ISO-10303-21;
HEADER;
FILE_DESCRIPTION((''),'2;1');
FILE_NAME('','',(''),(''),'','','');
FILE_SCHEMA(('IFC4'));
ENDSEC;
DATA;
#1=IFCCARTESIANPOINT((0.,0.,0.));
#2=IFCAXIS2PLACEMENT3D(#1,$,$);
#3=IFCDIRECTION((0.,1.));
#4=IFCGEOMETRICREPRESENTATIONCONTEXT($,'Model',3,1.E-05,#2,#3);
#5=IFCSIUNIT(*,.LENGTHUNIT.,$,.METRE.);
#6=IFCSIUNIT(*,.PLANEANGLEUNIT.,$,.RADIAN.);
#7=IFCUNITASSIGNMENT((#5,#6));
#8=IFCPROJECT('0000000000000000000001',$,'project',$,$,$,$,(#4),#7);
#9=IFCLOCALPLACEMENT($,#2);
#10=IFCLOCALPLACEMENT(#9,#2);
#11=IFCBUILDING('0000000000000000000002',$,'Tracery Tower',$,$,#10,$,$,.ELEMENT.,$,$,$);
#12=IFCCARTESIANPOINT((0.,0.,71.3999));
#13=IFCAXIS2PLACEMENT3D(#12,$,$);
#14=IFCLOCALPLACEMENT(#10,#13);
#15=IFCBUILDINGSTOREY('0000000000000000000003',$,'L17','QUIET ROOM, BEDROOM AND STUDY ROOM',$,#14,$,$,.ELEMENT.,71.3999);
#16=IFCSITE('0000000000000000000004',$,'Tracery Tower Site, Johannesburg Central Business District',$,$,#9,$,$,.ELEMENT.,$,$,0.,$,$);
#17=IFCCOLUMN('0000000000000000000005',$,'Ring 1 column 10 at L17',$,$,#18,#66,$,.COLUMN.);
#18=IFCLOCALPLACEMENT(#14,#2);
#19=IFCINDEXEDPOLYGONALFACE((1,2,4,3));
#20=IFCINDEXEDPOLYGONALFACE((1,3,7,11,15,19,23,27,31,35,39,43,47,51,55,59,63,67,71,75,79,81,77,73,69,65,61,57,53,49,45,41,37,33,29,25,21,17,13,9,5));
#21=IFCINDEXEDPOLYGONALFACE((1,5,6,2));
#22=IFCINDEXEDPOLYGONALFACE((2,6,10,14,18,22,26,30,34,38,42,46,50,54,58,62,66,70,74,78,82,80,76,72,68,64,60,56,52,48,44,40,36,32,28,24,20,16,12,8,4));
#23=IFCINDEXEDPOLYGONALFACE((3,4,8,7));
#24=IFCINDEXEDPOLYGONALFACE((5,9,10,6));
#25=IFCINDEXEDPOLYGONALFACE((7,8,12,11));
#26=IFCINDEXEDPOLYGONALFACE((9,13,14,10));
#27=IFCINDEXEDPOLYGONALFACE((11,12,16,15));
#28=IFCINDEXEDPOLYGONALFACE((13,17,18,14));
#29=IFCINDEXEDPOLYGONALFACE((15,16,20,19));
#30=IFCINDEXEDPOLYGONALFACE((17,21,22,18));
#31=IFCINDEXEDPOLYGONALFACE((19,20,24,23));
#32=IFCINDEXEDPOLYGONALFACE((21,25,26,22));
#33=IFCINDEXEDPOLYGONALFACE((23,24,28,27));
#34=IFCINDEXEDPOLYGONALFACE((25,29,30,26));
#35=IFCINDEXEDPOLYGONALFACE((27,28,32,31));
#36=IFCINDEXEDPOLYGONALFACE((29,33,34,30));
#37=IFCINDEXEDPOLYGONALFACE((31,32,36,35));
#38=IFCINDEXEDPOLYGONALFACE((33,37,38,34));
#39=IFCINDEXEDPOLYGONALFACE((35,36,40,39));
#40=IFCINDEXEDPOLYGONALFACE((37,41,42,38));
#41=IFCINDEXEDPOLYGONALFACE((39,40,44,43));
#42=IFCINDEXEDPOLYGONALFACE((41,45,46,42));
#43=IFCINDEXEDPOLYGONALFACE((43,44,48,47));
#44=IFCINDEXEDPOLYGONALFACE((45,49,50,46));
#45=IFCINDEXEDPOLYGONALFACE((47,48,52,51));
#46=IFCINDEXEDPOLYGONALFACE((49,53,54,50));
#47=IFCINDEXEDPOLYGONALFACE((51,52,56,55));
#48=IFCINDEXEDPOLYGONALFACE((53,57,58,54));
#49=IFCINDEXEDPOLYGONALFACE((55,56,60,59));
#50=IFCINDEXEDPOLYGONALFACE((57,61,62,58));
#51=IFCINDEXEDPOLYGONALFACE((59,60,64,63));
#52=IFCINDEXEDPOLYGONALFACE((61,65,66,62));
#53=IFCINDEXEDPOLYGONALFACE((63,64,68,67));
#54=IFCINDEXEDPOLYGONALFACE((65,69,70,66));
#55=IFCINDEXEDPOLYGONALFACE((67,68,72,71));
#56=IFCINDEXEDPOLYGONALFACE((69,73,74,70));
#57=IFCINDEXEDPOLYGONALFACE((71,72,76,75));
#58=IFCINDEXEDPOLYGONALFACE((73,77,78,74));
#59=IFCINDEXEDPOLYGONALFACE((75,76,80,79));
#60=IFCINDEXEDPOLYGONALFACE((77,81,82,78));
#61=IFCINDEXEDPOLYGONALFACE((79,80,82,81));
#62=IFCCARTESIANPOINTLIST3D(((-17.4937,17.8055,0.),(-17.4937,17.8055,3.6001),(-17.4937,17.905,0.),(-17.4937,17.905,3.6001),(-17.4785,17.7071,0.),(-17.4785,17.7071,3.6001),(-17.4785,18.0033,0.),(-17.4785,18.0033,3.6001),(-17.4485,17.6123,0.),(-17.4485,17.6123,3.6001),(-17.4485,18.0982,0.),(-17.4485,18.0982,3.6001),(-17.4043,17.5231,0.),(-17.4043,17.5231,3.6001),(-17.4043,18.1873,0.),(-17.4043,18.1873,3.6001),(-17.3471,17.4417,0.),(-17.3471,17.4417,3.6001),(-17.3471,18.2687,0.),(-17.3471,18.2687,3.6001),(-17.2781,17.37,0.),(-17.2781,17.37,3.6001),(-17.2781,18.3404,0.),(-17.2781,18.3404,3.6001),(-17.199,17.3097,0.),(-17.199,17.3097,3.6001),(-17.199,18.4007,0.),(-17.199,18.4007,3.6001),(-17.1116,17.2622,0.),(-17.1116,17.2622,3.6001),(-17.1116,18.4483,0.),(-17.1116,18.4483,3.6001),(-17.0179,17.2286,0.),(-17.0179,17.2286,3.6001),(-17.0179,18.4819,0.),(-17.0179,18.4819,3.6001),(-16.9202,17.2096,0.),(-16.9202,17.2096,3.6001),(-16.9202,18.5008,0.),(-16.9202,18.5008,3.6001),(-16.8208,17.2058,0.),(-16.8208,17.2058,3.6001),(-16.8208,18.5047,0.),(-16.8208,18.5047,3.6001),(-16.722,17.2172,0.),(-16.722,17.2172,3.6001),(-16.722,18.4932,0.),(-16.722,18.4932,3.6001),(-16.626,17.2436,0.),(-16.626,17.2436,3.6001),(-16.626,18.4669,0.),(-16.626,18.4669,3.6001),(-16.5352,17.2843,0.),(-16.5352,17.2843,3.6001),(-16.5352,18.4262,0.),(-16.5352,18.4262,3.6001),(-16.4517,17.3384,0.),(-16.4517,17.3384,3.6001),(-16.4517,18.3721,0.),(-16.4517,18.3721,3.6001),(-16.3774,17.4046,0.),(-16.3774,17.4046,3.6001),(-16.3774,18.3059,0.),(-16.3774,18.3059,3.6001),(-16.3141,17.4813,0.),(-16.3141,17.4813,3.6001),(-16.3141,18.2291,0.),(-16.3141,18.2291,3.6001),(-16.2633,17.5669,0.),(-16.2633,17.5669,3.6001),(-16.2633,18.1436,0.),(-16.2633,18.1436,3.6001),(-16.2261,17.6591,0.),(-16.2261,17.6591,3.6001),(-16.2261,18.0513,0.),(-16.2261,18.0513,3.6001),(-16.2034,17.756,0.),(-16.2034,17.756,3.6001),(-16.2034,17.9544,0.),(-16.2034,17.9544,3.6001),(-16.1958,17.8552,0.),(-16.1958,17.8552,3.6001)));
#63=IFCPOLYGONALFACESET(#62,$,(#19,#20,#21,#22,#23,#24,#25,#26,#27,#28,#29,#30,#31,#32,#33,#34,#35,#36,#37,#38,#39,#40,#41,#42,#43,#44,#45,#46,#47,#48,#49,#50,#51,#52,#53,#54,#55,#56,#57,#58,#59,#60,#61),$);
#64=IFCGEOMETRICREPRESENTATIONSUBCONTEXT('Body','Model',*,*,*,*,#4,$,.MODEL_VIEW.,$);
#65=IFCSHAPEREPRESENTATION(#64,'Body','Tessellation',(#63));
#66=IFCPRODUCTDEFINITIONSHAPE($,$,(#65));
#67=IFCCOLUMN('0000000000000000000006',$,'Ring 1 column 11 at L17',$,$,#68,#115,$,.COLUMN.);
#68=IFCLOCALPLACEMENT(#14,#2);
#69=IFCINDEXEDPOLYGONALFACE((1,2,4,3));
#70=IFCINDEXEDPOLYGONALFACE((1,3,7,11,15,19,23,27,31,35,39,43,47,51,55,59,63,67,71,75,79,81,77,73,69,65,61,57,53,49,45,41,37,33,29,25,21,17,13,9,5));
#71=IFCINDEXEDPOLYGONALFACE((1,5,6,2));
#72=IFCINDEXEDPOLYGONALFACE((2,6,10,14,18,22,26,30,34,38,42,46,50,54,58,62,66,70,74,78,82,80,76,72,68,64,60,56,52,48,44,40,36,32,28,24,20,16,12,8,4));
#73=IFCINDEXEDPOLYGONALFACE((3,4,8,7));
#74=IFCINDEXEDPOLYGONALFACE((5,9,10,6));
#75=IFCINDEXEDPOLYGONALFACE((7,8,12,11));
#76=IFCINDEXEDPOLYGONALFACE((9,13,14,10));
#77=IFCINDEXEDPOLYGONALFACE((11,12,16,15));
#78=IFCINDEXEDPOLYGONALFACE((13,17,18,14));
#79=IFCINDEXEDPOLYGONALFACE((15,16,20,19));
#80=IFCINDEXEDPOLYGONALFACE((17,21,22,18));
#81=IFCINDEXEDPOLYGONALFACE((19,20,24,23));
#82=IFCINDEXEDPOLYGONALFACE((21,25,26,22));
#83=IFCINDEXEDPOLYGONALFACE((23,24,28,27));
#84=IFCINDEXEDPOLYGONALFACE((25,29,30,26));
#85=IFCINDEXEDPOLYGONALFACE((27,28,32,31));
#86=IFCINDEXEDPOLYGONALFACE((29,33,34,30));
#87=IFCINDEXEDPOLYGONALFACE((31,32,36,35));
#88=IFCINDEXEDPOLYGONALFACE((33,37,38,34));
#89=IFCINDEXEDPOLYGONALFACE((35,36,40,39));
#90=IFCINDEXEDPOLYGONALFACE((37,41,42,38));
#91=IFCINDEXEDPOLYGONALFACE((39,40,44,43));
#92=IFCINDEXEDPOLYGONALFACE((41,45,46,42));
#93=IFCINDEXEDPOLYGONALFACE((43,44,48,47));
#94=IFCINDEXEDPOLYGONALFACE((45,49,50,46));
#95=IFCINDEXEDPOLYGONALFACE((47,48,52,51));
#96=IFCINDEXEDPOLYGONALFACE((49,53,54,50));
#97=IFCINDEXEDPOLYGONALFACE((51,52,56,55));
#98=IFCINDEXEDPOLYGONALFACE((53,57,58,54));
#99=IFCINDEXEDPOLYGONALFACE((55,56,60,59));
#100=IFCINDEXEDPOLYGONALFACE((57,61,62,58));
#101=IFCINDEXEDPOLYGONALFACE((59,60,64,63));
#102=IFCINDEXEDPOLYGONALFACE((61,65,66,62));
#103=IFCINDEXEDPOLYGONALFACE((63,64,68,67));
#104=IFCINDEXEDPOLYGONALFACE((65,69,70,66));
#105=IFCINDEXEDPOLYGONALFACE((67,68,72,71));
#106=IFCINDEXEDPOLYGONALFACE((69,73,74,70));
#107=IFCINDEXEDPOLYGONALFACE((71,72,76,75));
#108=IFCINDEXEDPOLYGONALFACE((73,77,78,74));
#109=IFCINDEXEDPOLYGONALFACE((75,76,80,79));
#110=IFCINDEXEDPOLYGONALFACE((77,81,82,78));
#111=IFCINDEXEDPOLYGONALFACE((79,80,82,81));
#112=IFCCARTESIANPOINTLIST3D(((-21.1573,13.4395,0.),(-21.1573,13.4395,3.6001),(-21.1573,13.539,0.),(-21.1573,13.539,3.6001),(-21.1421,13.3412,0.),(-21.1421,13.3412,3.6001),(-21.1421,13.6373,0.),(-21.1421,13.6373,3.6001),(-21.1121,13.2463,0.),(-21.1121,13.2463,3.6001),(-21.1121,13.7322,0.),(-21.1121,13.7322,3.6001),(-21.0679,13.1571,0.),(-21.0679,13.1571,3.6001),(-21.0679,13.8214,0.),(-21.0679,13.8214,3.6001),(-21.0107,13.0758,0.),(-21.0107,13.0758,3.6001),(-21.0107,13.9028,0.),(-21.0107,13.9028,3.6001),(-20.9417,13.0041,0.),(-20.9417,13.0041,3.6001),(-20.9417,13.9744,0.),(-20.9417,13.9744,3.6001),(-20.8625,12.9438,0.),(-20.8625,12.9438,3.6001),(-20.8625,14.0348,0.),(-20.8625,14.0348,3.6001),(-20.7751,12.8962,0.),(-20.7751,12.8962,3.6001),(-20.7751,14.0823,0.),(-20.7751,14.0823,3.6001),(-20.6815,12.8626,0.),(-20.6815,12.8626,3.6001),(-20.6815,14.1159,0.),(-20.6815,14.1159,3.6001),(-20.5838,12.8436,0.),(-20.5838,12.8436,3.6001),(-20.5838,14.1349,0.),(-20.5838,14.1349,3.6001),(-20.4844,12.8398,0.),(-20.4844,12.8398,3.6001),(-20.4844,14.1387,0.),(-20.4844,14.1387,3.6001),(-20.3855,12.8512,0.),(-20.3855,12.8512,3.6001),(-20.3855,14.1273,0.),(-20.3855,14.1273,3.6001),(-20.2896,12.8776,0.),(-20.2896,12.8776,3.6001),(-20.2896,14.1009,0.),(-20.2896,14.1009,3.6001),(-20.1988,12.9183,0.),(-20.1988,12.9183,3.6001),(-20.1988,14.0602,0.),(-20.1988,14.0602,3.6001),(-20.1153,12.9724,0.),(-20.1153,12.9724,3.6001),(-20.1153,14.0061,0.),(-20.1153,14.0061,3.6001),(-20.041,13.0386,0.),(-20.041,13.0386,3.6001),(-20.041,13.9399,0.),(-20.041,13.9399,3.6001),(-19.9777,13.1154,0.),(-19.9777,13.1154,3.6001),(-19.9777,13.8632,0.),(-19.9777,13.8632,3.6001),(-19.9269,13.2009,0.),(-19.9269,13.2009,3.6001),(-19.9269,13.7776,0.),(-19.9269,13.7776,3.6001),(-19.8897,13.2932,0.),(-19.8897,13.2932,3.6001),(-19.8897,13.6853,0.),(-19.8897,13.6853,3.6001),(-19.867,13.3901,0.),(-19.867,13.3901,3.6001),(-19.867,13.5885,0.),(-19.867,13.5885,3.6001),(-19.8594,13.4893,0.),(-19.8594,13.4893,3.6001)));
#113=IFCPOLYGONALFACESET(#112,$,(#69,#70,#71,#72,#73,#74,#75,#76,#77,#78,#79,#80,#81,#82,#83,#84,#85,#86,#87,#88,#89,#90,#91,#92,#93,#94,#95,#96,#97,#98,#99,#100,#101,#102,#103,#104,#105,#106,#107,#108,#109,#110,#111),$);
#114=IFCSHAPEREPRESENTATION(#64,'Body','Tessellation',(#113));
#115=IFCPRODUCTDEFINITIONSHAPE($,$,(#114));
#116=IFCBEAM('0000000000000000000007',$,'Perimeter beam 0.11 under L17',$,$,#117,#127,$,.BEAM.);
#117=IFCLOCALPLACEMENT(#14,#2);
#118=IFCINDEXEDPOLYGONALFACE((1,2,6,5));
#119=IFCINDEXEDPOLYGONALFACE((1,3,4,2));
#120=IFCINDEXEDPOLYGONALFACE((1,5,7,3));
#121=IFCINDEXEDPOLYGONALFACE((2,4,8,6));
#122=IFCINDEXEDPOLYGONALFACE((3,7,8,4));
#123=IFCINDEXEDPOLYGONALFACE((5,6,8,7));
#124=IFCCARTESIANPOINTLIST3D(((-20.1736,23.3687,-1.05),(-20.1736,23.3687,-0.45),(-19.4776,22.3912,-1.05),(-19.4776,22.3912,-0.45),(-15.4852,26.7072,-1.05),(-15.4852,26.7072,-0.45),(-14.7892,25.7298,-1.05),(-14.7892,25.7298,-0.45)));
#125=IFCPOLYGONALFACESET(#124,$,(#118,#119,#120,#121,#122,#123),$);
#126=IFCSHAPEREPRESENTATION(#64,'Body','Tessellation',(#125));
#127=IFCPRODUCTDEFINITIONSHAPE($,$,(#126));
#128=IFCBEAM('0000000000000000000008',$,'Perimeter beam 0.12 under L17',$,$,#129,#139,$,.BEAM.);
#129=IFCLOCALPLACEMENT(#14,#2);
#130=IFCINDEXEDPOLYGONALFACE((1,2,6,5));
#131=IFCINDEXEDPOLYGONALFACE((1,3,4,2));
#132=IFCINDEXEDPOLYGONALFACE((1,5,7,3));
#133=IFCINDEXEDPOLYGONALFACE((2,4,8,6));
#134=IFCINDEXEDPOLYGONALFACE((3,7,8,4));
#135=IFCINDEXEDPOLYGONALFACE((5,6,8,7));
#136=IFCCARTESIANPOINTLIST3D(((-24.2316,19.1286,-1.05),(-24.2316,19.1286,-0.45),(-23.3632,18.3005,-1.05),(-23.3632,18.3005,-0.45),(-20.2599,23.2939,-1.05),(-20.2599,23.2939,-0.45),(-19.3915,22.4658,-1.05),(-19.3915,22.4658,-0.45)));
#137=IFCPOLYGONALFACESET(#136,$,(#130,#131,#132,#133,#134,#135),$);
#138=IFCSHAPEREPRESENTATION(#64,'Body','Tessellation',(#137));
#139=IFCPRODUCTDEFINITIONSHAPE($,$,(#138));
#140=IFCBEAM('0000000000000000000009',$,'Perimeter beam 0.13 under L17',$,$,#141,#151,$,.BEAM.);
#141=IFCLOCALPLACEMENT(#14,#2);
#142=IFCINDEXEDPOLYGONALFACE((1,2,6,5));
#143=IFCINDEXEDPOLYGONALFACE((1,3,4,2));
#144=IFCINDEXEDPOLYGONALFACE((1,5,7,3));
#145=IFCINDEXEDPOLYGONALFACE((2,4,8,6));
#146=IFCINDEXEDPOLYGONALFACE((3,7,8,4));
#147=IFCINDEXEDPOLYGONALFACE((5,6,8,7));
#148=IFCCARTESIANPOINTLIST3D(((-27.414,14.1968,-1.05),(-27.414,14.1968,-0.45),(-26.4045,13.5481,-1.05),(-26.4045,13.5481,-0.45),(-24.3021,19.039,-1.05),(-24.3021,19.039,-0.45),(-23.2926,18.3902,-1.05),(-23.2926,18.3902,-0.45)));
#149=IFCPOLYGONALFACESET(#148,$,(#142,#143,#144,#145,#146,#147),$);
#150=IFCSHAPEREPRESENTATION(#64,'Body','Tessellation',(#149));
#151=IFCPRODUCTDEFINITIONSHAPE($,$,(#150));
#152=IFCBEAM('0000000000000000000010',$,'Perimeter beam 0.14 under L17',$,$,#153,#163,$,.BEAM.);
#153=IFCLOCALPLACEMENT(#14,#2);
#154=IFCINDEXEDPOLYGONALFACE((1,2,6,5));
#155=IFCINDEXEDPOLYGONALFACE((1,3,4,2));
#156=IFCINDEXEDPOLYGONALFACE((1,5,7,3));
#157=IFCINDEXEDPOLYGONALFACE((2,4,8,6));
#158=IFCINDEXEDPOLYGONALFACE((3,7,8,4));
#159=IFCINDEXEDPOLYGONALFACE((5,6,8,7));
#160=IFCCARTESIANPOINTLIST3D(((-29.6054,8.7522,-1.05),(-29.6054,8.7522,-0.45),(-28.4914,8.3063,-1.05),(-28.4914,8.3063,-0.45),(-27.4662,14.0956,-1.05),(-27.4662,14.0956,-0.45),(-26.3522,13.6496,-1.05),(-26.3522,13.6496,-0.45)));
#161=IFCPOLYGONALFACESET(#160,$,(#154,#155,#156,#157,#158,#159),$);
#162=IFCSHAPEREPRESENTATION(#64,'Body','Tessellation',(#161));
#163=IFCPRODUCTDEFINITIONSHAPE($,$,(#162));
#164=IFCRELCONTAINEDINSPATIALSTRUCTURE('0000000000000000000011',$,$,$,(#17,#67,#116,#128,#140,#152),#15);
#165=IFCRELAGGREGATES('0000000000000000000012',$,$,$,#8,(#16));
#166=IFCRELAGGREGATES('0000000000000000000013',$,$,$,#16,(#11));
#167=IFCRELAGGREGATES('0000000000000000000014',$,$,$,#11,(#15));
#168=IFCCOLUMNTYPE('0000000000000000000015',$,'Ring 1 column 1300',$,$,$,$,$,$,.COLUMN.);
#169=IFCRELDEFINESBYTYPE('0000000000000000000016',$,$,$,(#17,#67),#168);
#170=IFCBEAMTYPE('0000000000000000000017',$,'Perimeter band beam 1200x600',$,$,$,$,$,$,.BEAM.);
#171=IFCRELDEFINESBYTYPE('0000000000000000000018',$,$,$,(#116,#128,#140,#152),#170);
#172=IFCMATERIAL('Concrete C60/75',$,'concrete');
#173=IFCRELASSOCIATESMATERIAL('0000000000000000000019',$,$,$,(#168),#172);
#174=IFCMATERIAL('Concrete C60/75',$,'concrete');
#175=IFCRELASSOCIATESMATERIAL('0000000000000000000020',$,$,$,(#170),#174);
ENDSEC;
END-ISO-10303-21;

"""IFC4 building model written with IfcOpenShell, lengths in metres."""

from ifc_helpers import new_model, si_unit, direction, frame, origin, origin_2d, place, context, subcontext, project, spatial, rectangle, circle, extrude, material, material_profile, profile_set, type_object, element, save


model = new_model("IFC4")

# Units and contexts
model_context = context("Model", 3, precision=1e-05, world=origin(), true_north=direction((0.0, 1.0)))
body_context = subcontext(model_context, "Body", "Model", "MODEL_VIEW")
ifc_project = project(units=[si_unit("LENGTHUNIT", "METRE"), si_unit("PLANEANGLEUNIT", "RADIAN")], contexts=[model_context])

# Site, building, storey
site_placement = place(None, origin())
site = spatial("IfcSite", under=ifc_project, at=site_placement, Name="Tracery Tower Site, Johannesburg Central Business District", CompositionType="ELEMENT", RefElevation=0.0)
building_placement = place(site_placement, origin())
building = spatial("IfcBuilding", under=site, at=building_placement, Name="Tracery Tower", CompositionType="ELEMENT")
storey_placement = place(building_placement, frame((0.0, 0.0, 71.3999)))
storey = spatial("IfcBuildingStorey", under=building, at=storey_placement, Name="L17", Description="QUIET ROOM, BEDROOM AND STUDY ROOM", CompositionType="ELEMENT", Elevation=71.3999)

# Columns
ifc_material_1 = material(Name="Concrete C60/75", Category="concrete")
ifc_material_profile_1 = material_profile(ifc_material_1, circle(Radius=0.6499, at=origin_2d()), Name="RC D1300")
ifc_profile_set_1 = profile_set([ifc_material_profile_1], Name="Concrete C60/75")
column_type_1 = type_object("IfcColumnType", Name="Ring 1 column 1300", PredefinedType="COLUMN", material=ifc_profile_set_1)
for number, where, z_axis, x_axis, name in (
    (1, (-16.8457, 17.8552, 0.0), (0.0, 0.0, 1.0), (1.0, 0.0, 0.0), "Ring 1 column 10 at L17"),
    (2, (-20.5093, 13.4893, 0.0), (0.0, 0.0, 1.0), (1.0, 0.0, 0.0), "Ring 1 column 11 at L17"),
):
    element("IfcColumn", number, at=place(storey_placement, frame(where, z_axis=z_axis, x_axis=x_axis)), inside=storey, type_object=column_type_1, Name=name, PredefinedType="COLUMN", context=body_context, shape_type="SweptSolid", body=[
        extrude(circle(Radius=0.6499, at=origin_2d()), origin(), (0.0, 0.0, 1.0), 3.6001),
    ])

# Beams
ifc_material_2 = material(Name="Concrete C60/75", Category="concrete")
ifc_material_profile_2 = material_profile(ifc_material_2, rectangle(XDim=1.2, YDim=0.6001, at=origin_2d()), Name="RC 1200x600")
ifc_profile_set_2 = profile_set([ifc_material_profile_2], Name="Concrete C60/75")
beam_type = type_object("IfcBeamType", Name="Perimeter band beam 1200x600", PredefinedType="BEAM", material=ifc_profile_set_2)
beam_1_placement = place(storey_placement, frame((-15.1372, 26.2185, -0.75), z_axis=(-0.814578, -0.580054, 0.0), x_axis=(0.580054, -0.814578, 0.0)))
element("IfcBeam", 3, at=beam_1_placement, inside=storey, type_object=beam_type, Name="Perimeter beam 0.11 under L17", PredefinedType="BEAM", context=body_context, shape_type="SweptSolid", body=[
    extrude(rectangle(XDim=1.2, YDim=0.6001, at=origin_2d()), origin(), (0.0, 0.0, 1.0), 5.7556),
])
beam_2_placement = place(storey_placement, frame((-19.8257, 22.8799, -0.75), z_axis=(-0.690087, -0.723726, 0.0), x_axis=(0.723726, -0.690087, 0.0)))
element("IfcBeam", 4, at=beam_2_placement, inside=storey, type_object=beam_type, Name="Perimeter beam 0.12 under L17", PredefinedType="BEAM", context=body_context, shape_type="SweptSolid", body=[
    extrude(rectangle(XDim=1.2, YDim=0.6001, at=origin_2d()), origin(), (0.0, 0.0, 1.0), 5.7554),
])
beam_3_placement = place(storey_placement, frame((-23.7974, 18.7146, -0.75), z_axis=(-0.540644, -0.841252, 0.0), x_axis=(0.841252, -0.540644, 0.0)))
element("IfcBeam", 5, at=beam_3_placement, inside=storey, type_object=beam_type, Name="Perimeter beam 0.13 under L17", PredefinedType="BEAM", context=body_context, shape_type="SweptSolid", body=[
    extrude(rectangle(XDim=1.2, YDim=0.6001, at=origin_2d()), origin(), (0.0, 0.0, 1.0), 5.7559),
])
beam_4_placement = place(storey_placement, frame((-26.9092, 13.8726, -0.75), z_axis=(-0.371669, -0.928365, 0.0), x_axis=(0.928365, -0.371669, 0.0)))
element("IfcBeam", 6, at=beam_4_placement, inside=storey, type_object=beam_type, Name="Perimeter beam 0.14 under L17", PredefinedType="BEAM", context=body_context, shape_type="SweptSolid", body=[
    extrude(rectangle(XDim=1.2, YDim=0.6001, at=origin_2d()), origin(), (0.0, 0.0, 1.0), 5.7556),
])

save(model, "model.ifc")
